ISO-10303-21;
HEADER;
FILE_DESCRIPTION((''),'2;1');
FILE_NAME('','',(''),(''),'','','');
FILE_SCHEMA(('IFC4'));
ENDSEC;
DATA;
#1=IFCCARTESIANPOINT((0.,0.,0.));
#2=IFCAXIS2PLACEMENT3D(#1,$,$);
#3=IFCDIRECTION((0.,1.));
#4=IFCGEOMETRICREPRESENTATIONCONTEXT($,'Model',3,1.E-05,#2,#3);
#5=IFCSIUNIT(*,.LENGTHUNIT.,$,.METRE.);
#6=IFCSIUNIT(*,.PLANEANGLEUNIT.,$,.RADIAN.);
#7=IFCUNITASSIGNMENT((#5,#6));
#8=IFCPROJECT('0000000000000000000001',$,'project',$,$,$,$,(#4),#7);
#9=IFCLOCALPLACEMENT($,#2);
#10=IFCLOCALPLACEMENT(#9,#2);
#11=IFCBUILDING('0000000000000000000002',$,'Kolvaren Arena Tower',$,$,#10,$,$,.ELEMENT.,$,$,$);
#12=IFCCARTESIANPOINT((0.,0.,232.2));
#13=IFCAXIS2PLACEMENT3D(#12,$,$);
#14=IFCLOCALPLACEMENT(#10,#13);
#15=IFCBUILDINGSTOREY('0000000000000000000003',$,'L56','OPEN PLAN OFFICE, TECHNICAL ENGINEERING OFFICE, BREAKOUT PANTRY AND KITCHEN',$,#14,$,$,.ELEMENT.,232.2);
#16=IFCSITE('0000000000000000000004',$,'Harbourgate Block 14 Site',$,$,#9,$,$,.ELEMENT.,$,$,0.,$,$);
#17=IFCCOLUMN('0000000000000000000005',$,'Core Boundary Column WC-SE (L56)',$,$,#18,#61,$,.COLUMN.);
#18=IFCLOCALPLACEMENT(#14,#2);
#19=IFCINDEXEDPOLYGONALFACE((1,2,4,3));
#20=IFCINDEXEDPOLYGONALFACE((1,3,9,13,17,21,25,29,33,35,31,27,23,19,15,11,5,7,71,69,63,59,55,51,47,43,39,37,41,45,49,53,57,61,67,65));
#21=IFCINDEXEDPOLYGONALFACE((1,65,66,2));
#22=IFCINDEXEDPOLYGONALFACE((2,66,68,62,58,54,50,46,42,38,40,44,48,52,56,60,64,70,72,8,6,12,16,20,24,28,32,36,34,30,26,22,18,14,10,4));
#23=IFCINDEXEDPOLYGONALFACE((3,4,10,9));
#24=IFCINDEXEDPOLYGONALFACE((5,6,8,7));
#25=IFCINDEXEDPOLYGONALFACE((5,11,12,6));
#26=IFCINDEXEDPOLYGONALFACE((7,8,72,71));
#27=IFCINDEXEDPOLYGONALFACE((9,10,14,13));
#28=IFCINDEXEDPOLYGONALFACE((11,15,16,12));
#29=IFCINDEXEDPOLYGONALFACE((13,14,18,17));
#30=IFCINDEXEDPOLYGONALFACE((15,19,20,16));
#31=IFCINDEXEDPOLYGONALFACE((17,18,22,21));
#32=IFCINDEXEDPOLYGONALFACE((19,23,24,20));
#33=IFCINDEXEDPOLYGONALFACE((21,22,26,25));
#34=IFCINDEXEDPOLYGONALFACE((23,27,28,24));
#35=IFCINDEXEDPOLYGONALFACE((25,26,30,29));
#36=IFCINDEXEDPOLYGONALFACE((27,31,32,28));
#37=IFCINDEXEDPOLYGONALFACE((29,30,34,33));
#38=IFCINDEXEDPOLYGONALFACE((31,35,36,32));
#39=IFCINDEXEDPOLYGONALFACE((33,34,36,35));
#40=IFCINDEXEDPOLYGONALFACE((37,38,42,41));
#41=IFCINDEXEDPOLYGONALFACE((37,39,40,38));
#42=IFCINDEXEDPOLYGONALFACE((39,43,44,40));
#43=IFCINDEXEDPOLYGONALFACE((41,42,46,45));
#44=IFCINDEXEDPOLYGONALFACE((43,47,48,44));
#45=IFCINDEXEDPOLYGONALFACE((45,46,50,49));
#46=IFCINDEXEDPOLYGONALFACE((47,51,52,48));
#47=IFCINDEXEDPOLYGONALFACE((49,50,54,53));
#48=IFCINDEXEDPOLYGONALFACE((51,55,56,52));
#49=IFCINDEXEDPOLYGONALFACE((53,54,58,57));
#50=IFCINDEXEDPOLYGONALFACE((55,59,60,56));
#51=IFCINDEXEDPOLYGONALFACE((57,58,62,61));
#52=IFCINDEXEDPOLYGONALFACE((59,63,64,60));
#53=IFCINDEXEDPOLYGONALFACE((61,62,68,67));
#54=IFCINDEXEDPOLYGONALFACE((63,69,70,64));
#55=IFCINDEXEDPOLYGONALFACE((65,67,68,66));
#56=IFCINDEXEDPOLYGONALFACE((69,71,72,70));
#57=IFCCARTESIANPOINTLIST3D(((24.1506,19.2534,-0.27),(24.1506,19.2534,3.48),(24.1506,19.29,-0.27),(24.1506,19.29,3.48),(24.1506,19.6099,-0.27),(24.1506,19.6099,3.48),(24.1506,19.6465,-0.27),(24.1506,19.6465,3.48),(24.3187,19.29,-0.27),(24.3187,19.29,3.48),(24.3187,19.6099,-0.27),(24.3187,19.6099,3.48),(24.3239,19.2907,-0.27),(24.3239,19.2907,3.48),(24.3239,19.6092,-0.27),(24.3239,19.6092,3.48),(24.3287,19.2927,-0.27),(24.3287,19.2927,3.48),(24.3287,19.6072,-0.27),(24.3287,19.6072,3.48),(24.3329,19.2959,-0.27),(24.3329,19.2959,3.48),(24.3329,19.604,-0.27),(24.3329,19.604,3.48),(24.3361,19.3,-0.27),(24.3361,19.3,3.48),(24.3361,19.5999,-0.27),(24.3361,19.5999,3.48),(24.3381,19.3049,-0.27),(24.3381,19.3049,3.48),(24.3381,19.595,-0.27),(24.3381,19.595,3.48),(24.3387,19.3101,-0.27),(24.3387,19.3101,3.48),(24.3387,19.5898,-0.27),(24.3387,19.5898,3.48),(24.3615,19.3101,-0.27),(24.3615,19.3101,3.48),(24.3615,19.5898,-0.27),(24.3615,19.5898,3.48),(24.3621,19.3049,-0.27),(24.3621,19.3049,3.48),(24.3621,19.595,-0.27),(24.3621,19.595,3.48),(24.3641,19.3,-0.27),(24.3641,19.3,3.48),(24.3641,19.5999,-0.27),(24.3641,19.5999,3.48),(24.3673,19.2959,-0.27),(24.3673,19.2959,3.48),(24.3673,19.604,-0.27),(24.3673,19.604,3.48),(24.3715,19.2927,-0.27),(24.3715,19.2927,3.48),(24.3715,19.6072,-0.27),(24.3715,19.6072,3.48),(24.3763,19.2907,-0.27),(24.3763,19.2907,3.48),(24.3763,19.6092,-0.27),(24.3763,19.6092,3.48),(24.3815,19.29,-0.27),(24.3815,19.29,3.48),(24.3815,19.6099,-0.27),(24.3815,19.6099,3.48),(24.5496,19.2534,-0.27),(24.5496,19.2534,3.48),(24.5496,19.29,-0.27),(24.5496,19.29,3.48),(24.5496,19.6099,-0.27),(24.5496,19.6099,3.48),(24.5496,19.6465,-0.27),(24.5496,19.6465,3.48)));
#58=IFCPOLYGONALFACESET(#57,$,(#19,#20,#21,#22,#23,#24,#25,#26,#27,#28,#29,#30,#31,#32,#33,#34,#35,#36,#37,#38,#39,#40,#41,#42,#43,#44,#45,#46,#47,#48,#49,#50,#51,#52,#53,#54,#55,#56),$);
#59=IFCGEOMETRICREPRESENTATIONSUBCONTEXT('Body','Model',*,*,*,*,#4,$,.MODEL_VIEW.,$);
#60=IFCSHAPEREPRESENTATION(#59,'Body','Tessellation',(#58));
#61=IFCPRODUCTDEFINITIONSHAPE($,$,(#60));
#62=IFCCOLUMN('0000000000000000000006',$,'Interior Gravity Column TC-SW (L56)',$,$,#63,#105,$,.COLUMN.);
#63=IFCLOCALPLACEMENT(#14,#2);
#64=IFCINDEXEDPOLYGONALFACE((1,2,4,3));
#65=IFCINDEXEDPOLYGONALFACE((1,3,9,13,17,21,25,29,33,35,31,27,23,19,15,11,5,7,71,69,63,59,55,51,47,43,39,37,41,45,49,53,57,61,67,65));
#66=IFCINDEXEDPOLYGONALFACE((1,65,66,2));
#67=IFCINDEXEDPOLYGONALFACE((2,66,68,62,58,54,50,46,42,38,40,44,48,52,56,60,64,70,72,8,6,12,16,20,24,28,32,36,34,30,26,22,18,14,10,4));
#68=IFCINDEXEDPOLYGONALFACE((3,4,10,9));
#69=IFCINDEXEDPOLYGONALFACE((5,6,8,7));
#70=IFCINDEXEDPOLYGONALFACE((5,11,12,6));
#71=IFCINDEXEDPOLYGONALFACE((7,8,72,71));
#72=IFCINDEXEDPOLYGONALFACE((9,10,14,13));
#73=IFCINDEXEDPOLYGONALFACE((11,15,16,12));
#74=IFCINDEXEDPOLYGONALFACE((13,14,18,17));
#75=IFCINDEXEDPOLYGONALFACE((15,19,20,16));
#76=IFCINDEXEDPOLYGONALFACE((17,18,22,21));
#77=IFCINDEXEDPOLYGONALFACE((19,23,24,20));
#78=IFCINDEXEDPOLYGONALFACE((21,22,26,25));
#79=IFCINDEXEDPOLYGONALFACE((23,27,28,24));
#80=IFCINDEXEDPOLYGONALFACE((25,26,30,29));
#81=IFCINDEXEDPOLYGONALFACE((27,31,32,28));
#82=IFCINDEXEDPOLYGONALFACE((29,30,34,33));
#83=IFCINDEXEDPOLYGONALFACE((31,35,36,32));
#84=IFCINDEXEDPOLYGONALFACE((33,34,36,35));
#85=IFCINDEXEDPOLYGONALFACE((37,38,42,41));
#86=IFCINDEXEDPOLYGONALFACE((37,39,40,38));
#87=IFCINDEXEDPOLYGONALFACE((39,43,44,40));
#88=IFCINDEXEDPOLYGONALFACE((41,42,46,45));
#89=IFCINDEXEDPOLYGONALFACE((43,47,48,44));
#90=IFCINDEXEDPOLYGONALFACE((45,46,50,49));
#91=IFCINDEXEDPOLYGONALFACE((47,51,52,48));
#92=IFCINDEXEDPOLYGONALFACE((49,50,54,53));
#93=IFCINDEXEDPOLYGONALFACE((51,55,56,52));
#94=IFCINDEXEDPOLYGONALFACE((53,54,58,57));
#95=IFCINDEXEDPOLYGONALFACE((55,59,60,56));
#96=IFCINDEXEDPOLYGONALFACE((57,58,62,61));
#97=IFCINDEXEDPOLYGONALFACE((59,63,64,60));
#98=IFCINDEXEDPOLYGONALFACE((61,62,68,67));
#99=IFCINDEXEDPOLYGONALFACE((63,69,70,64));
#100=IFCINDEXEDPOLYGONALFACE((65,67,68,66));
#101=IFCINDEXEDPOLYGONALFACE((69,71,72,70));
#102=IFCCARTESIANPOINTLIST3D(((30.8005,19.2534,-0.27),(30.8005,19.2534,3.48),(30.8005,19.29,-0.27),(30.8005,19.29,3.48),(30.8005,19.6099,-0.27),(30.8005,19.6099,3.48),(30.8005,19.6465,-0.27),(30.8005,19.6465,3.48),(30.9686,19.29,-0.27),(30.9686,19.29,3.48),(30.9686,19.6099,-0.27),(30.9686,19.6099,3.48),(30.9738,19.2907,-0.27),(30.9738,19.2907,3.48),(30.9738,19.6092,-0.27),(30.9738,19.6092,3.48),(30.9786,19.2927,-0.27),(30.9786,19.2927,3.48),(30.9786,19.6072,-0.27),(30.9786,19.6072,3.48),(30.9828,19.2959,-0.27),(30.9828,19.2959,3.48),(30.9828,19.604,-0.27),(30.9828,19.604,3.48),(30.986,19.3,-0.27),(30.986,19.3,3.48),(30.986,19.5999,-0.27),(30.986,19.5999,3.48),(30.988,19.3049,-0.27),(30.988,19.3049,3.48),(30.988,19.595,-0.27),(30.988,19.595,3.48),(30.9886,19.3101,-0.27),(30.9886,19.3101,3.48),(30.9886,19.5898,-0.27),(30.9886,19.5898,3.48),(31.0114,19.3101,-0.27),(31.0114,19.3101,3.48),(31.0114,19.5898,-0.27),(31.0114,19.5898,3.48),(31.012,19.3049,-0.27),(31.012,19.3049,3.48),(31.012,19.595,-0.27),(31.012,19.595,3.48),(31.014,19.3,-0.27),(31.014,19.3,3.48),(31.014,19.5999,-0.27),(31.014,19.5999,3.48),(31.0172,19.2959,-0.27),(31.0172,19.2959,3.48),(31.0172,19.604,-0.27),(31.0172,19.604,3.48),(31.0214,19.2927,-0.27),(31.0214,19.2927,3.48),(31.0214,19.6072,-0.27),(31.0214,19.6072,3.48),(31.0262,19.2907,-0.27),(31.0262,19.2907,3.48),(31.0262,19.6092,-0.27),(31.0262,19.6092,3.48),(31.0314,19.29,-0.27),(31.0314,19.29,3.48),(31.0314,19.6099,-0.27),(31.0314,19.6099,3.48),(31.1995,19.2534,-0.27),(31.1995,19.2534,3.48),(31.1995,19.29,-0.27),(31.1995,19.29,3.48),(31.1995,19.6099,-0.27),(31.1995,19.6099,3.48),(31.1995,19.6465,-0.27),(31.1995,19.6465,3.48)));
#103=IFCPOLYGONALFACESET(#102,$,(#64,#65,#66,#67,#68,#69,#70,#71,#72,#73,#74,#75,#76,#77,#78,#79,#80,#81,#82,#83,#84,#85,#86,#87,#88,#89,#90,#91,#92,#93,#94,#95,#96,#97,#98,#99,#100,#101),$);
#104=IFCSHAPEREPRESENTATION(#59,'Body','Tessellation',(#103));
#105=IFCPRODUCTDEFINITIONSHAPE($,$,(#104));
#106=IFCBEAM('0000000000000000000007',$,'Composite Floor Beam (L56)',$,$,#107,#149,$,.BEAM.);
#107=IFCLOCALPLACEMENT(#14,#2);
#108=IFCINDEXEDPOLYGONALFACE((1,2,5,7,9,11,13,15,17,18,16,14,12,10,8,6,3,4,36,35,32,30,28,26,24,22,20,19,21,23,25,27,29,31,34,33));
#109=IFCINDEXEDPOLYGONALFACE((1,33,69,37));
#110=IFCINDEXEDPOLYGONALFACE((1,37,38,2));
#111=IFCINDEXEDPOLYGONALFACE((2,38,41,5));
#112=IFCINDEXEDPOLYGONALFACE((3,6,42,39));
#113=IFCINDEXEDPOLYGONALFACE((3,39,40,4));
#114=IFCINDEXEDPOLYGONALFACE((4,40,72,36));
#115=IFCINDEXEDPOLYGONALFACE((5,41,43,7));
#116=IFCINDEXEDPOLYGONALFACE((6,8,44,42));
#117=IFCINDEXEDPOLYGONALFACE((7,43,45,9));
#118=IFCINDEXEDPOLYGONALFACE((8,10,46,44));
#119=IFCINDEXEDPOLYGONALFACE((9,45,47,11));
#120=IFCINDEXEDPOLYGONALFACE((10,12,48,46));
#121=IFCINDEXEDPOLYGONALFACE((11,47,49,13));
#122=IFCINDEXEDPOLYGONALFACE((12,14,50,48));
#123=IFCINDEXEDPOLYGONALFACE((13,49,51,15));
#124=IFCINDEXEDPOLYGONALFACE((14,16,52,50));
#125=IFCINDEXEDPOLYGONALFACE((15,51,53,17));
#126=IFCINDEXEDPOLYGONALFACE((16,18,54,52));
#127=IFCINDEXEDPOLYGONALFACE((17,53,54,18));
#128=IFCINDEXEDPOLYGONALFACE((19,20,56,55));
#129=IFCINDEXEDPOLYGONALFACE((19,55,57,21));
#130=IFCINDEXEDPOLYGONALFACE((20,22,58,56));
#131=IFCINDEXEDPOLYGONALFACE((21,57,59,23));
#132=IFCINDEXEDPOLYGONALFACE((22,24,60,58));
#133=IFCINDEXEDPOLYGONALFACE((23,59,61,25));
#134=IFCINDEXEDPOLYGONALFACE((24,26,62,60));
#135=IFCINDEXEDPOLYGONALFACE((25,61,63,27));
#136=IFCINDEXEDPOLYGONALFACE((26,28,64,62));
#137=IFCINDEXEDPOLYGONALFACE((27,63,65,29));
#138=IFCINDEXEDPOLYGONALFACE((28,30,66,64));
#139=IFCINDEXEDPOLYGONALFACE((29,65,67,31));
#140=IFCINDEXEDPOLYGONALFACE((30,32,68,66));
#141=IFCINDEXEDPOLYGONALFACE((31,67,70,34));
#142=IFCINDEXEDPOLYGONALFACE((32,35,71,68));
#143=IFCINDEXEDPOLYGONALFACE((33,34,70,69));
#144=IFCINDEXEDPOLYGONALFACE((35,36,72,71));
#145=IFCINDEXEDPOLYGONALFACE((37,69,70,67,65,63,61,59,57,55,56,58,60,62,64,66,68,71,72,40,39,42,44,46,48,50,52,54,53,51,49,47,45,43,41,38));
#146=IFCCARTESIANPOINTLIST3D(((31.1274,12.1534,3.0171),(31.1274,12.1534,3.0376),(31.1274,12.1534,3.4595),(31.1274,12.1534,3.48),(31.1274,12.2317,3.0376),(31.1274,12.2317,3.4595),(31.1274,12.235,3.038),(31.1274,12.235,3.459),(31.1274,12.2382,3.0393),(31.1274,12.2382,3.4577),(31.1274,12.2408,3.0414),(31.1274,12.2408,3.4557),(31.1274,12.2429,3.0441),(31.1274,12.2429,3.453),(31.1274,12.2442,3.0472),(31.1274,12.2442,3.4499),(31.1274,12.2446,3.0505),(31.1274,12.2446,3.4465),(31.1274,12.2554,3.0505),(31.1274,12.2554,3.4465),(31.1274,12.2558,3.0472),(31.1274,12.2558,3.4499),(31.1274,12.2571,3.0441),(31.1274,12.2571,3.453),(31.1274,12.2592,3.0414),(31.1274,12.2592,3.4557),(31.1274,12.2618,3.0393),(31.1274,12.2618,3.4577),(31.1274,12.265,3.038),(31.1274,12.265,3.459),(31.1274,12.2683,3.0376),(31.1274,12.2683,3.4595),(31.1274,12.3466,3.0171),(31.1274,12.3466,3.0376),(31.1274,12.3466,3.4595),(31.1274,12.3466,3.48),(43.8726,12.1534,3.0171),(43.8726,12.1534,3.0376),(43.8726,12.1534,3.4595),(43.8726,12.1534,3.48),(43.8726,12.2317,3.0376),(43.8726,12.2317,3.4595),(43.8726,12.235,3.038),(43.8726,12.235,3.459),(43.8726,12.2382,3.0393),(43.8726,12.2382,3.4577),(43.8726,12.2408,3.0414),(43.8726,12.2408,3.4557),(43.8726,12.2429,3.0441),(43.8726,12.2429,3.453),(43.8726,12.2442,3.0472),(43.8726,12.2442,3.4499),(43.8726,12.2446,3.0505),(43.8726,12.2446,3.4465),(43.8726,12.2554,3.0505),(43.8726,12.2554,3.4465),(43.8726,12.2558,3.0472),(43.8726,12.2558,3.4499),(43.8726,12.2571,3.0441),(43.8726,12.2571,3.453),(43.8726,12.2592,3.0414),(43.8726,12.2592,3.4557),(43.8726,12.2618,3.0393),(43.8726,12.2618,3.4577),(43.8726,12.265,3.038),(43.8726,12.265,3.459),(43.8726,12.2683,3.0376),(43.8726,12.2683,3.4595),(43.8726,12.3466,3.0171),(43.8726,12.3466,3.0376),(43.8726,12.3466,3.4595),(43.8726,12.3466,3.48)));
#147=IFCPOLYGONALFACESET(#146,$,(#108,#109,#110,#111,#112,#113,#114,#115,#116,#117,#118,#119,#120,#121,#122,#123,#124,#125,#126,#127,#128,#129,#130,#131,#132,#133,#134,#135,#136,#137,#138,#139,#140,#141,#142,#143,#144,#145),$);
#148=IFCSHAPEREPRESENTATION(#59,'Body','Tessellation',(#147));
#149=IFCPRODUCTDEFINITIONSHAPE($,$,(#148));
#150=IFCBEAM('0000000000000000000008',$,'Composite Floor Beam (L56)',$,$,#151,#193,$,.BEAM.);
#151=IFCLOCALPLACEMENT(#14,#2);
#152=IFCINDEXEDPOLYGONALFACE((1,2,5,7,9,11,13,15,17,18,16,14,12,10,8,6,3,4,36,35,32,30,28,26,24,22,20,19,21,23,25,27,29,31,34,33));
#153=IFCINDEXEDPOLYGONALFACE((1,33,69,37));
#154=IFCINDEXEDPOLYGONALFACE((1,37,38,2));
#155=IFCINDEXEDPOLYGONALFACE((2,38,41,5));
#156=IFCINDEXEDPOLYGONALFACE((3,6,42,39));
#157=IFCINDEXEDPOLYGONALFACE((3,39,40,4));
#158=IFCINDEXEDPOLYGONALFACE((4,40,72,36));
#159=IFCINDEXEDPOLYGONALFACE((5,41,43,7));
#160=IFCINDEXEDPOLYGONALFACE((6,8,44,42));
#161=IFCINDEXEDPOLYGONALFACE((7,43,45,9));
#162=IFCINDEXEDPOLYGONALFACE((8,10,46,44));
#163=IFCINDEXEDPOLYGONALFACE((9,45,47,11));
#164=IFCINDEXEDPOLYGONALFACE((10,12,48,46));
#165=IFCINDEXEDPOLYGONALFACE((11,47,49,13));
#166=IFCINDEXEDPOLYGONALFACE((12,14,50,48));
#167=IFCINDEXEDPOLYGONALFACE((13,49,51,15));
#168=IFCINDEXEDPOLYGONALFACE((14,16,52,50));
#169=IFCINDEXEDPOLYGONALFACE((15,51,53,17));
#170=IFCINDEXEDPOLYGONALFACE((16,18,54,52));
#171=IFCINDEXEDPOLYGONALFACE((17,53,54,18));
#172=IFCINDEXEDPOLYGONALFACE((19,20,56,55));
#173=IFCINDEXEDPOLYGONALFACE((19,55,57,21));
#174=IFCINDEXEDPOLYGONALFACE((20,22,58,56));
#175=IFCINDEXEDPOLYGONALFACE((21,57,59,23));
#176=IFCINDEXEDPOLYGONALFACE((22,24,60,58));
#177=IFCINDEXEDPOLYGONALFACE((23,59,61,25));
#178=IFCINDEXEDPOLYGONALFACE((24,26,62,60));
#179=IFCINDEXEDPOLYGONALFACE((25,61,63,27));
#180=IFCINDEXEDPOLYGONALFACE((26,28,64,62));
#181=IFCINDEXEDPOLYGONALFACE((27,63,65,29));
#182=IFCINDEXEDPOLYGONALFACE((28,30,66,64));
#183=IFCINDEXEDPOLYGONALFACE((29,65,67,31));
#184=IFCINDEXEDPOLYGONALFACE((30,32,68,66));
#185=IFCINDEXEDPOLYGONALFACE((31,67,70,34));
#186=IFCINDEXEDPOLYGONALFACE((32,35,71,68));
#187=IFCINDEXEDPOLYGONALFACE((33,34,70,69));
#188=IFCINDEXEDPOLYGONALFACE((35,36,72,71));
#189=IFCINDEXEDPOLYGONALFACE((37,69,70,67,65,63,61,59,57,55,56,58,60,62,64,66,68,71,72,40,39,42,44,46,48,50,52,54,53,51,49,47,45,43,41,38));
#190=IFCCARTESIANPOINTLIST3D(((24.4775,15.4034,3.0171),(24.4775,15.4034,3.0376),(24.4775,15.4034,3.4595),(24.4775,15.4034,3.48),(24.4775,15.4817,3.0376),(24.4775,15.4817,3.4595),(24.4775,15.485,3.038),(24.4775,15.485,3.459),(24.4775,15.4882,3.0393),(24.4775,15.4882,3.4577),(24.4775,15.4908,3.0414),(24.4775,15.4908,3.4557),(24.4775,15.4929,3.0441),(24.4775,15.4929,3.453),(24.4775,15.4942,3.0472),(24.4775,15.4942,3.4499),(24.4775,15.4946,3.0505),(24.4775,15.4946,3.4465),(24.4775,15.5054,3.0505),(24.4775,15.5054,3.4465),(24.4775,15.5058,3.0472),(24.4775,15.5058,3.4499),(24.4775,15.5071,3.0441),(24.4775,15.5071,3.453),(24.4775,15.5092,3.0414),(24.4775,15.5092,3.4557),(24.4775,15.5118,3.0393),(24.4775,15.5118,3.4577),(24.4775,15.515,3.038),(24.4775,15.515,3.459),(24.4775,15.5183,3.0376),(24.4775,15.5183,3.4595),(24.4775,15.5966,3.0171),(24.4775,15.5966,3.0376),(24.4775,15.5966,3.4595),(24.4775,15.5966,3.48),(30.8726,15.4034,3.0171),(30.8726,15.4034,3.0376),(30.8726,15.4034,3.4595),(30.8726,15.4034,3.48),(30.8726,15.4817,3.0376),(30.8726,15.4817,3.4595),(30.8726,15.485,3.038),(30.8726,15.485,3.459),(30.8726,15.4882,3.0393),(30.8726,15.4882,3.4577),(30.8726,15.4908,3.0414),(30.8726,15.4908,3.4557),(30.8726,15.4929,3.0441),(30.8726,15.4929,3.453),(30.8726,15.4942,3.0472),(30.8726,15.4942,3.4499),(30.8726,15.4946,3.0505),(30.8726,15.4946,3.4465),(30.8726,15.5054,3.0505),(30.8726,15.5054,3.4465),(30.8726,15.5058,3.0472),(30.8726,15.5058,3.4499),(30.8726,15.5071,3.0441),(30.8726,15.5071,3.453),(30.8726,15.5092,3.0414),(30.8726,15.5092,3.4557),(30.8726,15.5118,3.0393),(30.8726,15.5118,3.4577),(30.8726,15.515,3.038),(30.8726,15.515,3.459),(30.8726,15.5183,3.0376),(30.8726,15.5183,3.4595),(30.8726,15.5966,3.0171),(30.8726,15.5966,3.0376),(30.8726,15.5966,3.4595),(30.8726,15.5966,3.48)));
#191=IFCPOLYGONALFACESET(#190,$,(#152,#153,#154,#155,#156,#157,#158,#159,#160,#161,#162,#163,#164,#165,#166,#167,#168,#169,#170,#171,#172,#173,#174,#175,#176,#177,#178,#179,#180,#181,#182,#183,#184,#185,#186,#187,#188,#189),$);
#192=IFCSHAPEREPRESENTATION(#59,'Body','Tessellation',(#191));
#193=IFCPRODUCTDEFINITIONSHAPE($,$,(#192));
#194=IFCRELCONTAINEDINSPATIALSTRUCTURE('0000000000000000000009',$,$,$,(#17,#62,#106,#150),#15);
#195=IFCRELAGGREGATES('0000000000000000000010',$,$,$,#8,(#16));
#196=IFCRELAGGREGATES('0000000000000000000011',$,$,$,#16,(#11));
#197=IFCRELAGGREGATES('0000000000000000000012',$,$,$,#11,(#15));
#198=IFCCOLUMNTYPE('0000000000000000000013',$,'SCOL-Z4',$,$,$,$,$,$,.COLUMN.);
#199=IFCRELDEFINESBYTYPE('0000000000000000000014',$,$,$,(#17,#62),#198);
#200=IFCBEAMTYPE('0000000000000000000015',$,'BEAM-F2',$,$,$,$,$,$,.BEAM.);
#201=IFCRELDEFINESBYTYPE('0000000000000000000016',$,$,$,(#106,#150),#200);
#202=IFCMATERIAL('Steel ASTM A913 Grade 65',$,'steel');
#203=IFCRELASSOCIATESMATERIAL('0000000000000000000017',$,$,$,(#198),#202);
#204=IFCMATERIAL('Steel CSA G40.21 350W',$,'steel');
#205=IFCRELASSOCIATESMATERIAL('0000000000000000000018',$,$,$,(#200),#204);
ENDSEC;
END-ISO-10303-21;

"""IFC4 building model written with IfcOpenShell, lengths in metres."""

from ifc_helpers import new_model, si_unit, direction, frame, origin, origin_2d, place, context, subcontext, project, spatial, i_section, extrude, material, material_profile, profile_set, type_object, element, save


model = new_model("IFC4")

# Units and contexts
model_context = context("Model", 3, precision=1e-05, world=origin(), true_north=direction((0.0, 1.0)))
body_context = subcontext(model_context, "Body", "Model", "MODEL_VIEW")
ifc_project = project(units=[si_unit("LENGTHUNIT", "METRE"), si_unit("PLANEANGLEUNIT", "RADIAN")], contexts=[model_context])

# Site, building, storey
site_placement = place(None, origin())
site = spatial("IfcSite", under=ifc_project, at=site_placement, Name="Harbourgate Block 14 Site", CompositionType="ELEMENT", RefElevation=0.0)
building_placement = place(site_placement, origin())
building = spatial("IfcBuilding", under=site, at=building_placement, Name="Kolvaren Arena Tower", CompositionType="ELEMENT")
storey_placement = place(building_placement, frame((0.0, 0.0, 232.2)))
storey = spatial("IfcBuildingStorey", under=building, at=storey_placement, Name="L56", Description="OPEN PLAN OFFICE, TECHNICAL ENGINEERING OFFICE, BREAKOUT PANTRY AND KITCHEN", CompositionType="ELEMENT", Elevation=232.2)

# Columns
ifc_material_1 = material(Name="Steel ASTM A913 Grade 65", Category="steel")
ifc_material_profile_1 = material_profile(ifc_material_1, i_section(OverallWidth=0.3989, OverallDepth=0.3931, WebThickness=0.0227, FlangeThickness=0.0366, FilletRadius=0.02, at=origin_2d()), Name="W360x287")
ifc_profile_set_1 = profile_set([ifc_material_profile_1], Name="Steel ASTM A913 Grade 65")
column_type = type_object("IfcColumnType", Name="SCOL-Z4", PredefinedType="COLUMN", material=ifc_profile_set_1)
for number, where, z_axis, x_axis, name in (
    (1, (24.3501, 19.45, -0.27), (0.0, 0.0, 1.0), (1.0, 0.0, 0.0), "Core Boundary Column WC-SE (L56)"),
    (2, (31.0, 19.45, -0.27), (0.0, 0.0, 1.0), (1.0, 0.0, 0.0), "Interior Gravity Column TC-SW (L56)"),
):
    element("IfcColumn", number, at=place(storey_placement, frame(where, z_axis=z_axis, x_axis=x_axis)), inside=storey, type_object=column_type, Name=name, PredefinedType="COLUMN", context=body_context, shape_type="SweptSolid", body=[
        extrude(i_section(OverallWidth=0.3989, OverallDepth=0.3931, WebThickness=0.0227, FlangeThickness=0.0366, FilletRadius=0.02, at=origin_2d()), origin(), (0.0, 0.0, 1.0), 3.75),
    ])

# Beams
ifc_material_2 = material(Name="Steel CSA G40.21 350W", Category="steel")
ifc_material_profile_2 = material_profile(ifc_material_2, i_section(OverallWidth=0.1931, OverallDepth=0.4629, WebThickness=0.0107, FlangeThickness=0.0205, FilletRadius=0.0129, at=origin_2d()), Name="W460x113")
ifc_profile_set_2 = profile_set([ifc_material_profile_2], Name="Steel CSA G40.21 350W")
beam_type_1 = type_object("IfcBeamType", Name="BEAM-F2", PredefinedType="BEAM", material=ifc_profile_set_2)
beam_1_placement = place(storey_placement, frame((31.1274, 12.25, 3.2485), z_axis=(1.0, 0.0, 0.0), x_axis=(0.0, 1.0, 0.0)))
element("IfcBeam", 3, at=beam_1_placement, inside=storey, type_object=beam_type_1, Name="Composite Floor Beam (L56)", PredefinedType="BEAM", context=body_context, shape_type="SweptSolid", body=[
    extrude(i_section(OverallWidth=0.1931, OverallDepth=0.4629, WebThickness=0.0107, FlangeThickness=0.0205, FilletRadius=0.0129, at=origin_2d()), origin(), (0.0, 0.0, 1.0), 12.7451),
])
beam_2_placement = place(storey_placement, frame((24.4775, 15.5, 3.2485), z_axis=(1.0, 0.0, 0.0), x_axis=(0.0, 1.0, 0.0)))
element("IfcBeam", 4, at=beam_2_placement, inside=storey, type_object=beam_type_1, Name="Composite Floor Beam (L56)", PredefinedType="BEAM", context=body_context, shape_type="SweptSolid", body=[
    extrude(i_section(OverallWidth=0.1931, OverallDepth=0.4629, WebThickness=0.0107, FlangeThickness=0.0205, FilletRadius=0.0129, at=origin_2d()), origin(), (0.0, 0.0, 1.0), 6.395),
])

save(model, "model.ifc")
